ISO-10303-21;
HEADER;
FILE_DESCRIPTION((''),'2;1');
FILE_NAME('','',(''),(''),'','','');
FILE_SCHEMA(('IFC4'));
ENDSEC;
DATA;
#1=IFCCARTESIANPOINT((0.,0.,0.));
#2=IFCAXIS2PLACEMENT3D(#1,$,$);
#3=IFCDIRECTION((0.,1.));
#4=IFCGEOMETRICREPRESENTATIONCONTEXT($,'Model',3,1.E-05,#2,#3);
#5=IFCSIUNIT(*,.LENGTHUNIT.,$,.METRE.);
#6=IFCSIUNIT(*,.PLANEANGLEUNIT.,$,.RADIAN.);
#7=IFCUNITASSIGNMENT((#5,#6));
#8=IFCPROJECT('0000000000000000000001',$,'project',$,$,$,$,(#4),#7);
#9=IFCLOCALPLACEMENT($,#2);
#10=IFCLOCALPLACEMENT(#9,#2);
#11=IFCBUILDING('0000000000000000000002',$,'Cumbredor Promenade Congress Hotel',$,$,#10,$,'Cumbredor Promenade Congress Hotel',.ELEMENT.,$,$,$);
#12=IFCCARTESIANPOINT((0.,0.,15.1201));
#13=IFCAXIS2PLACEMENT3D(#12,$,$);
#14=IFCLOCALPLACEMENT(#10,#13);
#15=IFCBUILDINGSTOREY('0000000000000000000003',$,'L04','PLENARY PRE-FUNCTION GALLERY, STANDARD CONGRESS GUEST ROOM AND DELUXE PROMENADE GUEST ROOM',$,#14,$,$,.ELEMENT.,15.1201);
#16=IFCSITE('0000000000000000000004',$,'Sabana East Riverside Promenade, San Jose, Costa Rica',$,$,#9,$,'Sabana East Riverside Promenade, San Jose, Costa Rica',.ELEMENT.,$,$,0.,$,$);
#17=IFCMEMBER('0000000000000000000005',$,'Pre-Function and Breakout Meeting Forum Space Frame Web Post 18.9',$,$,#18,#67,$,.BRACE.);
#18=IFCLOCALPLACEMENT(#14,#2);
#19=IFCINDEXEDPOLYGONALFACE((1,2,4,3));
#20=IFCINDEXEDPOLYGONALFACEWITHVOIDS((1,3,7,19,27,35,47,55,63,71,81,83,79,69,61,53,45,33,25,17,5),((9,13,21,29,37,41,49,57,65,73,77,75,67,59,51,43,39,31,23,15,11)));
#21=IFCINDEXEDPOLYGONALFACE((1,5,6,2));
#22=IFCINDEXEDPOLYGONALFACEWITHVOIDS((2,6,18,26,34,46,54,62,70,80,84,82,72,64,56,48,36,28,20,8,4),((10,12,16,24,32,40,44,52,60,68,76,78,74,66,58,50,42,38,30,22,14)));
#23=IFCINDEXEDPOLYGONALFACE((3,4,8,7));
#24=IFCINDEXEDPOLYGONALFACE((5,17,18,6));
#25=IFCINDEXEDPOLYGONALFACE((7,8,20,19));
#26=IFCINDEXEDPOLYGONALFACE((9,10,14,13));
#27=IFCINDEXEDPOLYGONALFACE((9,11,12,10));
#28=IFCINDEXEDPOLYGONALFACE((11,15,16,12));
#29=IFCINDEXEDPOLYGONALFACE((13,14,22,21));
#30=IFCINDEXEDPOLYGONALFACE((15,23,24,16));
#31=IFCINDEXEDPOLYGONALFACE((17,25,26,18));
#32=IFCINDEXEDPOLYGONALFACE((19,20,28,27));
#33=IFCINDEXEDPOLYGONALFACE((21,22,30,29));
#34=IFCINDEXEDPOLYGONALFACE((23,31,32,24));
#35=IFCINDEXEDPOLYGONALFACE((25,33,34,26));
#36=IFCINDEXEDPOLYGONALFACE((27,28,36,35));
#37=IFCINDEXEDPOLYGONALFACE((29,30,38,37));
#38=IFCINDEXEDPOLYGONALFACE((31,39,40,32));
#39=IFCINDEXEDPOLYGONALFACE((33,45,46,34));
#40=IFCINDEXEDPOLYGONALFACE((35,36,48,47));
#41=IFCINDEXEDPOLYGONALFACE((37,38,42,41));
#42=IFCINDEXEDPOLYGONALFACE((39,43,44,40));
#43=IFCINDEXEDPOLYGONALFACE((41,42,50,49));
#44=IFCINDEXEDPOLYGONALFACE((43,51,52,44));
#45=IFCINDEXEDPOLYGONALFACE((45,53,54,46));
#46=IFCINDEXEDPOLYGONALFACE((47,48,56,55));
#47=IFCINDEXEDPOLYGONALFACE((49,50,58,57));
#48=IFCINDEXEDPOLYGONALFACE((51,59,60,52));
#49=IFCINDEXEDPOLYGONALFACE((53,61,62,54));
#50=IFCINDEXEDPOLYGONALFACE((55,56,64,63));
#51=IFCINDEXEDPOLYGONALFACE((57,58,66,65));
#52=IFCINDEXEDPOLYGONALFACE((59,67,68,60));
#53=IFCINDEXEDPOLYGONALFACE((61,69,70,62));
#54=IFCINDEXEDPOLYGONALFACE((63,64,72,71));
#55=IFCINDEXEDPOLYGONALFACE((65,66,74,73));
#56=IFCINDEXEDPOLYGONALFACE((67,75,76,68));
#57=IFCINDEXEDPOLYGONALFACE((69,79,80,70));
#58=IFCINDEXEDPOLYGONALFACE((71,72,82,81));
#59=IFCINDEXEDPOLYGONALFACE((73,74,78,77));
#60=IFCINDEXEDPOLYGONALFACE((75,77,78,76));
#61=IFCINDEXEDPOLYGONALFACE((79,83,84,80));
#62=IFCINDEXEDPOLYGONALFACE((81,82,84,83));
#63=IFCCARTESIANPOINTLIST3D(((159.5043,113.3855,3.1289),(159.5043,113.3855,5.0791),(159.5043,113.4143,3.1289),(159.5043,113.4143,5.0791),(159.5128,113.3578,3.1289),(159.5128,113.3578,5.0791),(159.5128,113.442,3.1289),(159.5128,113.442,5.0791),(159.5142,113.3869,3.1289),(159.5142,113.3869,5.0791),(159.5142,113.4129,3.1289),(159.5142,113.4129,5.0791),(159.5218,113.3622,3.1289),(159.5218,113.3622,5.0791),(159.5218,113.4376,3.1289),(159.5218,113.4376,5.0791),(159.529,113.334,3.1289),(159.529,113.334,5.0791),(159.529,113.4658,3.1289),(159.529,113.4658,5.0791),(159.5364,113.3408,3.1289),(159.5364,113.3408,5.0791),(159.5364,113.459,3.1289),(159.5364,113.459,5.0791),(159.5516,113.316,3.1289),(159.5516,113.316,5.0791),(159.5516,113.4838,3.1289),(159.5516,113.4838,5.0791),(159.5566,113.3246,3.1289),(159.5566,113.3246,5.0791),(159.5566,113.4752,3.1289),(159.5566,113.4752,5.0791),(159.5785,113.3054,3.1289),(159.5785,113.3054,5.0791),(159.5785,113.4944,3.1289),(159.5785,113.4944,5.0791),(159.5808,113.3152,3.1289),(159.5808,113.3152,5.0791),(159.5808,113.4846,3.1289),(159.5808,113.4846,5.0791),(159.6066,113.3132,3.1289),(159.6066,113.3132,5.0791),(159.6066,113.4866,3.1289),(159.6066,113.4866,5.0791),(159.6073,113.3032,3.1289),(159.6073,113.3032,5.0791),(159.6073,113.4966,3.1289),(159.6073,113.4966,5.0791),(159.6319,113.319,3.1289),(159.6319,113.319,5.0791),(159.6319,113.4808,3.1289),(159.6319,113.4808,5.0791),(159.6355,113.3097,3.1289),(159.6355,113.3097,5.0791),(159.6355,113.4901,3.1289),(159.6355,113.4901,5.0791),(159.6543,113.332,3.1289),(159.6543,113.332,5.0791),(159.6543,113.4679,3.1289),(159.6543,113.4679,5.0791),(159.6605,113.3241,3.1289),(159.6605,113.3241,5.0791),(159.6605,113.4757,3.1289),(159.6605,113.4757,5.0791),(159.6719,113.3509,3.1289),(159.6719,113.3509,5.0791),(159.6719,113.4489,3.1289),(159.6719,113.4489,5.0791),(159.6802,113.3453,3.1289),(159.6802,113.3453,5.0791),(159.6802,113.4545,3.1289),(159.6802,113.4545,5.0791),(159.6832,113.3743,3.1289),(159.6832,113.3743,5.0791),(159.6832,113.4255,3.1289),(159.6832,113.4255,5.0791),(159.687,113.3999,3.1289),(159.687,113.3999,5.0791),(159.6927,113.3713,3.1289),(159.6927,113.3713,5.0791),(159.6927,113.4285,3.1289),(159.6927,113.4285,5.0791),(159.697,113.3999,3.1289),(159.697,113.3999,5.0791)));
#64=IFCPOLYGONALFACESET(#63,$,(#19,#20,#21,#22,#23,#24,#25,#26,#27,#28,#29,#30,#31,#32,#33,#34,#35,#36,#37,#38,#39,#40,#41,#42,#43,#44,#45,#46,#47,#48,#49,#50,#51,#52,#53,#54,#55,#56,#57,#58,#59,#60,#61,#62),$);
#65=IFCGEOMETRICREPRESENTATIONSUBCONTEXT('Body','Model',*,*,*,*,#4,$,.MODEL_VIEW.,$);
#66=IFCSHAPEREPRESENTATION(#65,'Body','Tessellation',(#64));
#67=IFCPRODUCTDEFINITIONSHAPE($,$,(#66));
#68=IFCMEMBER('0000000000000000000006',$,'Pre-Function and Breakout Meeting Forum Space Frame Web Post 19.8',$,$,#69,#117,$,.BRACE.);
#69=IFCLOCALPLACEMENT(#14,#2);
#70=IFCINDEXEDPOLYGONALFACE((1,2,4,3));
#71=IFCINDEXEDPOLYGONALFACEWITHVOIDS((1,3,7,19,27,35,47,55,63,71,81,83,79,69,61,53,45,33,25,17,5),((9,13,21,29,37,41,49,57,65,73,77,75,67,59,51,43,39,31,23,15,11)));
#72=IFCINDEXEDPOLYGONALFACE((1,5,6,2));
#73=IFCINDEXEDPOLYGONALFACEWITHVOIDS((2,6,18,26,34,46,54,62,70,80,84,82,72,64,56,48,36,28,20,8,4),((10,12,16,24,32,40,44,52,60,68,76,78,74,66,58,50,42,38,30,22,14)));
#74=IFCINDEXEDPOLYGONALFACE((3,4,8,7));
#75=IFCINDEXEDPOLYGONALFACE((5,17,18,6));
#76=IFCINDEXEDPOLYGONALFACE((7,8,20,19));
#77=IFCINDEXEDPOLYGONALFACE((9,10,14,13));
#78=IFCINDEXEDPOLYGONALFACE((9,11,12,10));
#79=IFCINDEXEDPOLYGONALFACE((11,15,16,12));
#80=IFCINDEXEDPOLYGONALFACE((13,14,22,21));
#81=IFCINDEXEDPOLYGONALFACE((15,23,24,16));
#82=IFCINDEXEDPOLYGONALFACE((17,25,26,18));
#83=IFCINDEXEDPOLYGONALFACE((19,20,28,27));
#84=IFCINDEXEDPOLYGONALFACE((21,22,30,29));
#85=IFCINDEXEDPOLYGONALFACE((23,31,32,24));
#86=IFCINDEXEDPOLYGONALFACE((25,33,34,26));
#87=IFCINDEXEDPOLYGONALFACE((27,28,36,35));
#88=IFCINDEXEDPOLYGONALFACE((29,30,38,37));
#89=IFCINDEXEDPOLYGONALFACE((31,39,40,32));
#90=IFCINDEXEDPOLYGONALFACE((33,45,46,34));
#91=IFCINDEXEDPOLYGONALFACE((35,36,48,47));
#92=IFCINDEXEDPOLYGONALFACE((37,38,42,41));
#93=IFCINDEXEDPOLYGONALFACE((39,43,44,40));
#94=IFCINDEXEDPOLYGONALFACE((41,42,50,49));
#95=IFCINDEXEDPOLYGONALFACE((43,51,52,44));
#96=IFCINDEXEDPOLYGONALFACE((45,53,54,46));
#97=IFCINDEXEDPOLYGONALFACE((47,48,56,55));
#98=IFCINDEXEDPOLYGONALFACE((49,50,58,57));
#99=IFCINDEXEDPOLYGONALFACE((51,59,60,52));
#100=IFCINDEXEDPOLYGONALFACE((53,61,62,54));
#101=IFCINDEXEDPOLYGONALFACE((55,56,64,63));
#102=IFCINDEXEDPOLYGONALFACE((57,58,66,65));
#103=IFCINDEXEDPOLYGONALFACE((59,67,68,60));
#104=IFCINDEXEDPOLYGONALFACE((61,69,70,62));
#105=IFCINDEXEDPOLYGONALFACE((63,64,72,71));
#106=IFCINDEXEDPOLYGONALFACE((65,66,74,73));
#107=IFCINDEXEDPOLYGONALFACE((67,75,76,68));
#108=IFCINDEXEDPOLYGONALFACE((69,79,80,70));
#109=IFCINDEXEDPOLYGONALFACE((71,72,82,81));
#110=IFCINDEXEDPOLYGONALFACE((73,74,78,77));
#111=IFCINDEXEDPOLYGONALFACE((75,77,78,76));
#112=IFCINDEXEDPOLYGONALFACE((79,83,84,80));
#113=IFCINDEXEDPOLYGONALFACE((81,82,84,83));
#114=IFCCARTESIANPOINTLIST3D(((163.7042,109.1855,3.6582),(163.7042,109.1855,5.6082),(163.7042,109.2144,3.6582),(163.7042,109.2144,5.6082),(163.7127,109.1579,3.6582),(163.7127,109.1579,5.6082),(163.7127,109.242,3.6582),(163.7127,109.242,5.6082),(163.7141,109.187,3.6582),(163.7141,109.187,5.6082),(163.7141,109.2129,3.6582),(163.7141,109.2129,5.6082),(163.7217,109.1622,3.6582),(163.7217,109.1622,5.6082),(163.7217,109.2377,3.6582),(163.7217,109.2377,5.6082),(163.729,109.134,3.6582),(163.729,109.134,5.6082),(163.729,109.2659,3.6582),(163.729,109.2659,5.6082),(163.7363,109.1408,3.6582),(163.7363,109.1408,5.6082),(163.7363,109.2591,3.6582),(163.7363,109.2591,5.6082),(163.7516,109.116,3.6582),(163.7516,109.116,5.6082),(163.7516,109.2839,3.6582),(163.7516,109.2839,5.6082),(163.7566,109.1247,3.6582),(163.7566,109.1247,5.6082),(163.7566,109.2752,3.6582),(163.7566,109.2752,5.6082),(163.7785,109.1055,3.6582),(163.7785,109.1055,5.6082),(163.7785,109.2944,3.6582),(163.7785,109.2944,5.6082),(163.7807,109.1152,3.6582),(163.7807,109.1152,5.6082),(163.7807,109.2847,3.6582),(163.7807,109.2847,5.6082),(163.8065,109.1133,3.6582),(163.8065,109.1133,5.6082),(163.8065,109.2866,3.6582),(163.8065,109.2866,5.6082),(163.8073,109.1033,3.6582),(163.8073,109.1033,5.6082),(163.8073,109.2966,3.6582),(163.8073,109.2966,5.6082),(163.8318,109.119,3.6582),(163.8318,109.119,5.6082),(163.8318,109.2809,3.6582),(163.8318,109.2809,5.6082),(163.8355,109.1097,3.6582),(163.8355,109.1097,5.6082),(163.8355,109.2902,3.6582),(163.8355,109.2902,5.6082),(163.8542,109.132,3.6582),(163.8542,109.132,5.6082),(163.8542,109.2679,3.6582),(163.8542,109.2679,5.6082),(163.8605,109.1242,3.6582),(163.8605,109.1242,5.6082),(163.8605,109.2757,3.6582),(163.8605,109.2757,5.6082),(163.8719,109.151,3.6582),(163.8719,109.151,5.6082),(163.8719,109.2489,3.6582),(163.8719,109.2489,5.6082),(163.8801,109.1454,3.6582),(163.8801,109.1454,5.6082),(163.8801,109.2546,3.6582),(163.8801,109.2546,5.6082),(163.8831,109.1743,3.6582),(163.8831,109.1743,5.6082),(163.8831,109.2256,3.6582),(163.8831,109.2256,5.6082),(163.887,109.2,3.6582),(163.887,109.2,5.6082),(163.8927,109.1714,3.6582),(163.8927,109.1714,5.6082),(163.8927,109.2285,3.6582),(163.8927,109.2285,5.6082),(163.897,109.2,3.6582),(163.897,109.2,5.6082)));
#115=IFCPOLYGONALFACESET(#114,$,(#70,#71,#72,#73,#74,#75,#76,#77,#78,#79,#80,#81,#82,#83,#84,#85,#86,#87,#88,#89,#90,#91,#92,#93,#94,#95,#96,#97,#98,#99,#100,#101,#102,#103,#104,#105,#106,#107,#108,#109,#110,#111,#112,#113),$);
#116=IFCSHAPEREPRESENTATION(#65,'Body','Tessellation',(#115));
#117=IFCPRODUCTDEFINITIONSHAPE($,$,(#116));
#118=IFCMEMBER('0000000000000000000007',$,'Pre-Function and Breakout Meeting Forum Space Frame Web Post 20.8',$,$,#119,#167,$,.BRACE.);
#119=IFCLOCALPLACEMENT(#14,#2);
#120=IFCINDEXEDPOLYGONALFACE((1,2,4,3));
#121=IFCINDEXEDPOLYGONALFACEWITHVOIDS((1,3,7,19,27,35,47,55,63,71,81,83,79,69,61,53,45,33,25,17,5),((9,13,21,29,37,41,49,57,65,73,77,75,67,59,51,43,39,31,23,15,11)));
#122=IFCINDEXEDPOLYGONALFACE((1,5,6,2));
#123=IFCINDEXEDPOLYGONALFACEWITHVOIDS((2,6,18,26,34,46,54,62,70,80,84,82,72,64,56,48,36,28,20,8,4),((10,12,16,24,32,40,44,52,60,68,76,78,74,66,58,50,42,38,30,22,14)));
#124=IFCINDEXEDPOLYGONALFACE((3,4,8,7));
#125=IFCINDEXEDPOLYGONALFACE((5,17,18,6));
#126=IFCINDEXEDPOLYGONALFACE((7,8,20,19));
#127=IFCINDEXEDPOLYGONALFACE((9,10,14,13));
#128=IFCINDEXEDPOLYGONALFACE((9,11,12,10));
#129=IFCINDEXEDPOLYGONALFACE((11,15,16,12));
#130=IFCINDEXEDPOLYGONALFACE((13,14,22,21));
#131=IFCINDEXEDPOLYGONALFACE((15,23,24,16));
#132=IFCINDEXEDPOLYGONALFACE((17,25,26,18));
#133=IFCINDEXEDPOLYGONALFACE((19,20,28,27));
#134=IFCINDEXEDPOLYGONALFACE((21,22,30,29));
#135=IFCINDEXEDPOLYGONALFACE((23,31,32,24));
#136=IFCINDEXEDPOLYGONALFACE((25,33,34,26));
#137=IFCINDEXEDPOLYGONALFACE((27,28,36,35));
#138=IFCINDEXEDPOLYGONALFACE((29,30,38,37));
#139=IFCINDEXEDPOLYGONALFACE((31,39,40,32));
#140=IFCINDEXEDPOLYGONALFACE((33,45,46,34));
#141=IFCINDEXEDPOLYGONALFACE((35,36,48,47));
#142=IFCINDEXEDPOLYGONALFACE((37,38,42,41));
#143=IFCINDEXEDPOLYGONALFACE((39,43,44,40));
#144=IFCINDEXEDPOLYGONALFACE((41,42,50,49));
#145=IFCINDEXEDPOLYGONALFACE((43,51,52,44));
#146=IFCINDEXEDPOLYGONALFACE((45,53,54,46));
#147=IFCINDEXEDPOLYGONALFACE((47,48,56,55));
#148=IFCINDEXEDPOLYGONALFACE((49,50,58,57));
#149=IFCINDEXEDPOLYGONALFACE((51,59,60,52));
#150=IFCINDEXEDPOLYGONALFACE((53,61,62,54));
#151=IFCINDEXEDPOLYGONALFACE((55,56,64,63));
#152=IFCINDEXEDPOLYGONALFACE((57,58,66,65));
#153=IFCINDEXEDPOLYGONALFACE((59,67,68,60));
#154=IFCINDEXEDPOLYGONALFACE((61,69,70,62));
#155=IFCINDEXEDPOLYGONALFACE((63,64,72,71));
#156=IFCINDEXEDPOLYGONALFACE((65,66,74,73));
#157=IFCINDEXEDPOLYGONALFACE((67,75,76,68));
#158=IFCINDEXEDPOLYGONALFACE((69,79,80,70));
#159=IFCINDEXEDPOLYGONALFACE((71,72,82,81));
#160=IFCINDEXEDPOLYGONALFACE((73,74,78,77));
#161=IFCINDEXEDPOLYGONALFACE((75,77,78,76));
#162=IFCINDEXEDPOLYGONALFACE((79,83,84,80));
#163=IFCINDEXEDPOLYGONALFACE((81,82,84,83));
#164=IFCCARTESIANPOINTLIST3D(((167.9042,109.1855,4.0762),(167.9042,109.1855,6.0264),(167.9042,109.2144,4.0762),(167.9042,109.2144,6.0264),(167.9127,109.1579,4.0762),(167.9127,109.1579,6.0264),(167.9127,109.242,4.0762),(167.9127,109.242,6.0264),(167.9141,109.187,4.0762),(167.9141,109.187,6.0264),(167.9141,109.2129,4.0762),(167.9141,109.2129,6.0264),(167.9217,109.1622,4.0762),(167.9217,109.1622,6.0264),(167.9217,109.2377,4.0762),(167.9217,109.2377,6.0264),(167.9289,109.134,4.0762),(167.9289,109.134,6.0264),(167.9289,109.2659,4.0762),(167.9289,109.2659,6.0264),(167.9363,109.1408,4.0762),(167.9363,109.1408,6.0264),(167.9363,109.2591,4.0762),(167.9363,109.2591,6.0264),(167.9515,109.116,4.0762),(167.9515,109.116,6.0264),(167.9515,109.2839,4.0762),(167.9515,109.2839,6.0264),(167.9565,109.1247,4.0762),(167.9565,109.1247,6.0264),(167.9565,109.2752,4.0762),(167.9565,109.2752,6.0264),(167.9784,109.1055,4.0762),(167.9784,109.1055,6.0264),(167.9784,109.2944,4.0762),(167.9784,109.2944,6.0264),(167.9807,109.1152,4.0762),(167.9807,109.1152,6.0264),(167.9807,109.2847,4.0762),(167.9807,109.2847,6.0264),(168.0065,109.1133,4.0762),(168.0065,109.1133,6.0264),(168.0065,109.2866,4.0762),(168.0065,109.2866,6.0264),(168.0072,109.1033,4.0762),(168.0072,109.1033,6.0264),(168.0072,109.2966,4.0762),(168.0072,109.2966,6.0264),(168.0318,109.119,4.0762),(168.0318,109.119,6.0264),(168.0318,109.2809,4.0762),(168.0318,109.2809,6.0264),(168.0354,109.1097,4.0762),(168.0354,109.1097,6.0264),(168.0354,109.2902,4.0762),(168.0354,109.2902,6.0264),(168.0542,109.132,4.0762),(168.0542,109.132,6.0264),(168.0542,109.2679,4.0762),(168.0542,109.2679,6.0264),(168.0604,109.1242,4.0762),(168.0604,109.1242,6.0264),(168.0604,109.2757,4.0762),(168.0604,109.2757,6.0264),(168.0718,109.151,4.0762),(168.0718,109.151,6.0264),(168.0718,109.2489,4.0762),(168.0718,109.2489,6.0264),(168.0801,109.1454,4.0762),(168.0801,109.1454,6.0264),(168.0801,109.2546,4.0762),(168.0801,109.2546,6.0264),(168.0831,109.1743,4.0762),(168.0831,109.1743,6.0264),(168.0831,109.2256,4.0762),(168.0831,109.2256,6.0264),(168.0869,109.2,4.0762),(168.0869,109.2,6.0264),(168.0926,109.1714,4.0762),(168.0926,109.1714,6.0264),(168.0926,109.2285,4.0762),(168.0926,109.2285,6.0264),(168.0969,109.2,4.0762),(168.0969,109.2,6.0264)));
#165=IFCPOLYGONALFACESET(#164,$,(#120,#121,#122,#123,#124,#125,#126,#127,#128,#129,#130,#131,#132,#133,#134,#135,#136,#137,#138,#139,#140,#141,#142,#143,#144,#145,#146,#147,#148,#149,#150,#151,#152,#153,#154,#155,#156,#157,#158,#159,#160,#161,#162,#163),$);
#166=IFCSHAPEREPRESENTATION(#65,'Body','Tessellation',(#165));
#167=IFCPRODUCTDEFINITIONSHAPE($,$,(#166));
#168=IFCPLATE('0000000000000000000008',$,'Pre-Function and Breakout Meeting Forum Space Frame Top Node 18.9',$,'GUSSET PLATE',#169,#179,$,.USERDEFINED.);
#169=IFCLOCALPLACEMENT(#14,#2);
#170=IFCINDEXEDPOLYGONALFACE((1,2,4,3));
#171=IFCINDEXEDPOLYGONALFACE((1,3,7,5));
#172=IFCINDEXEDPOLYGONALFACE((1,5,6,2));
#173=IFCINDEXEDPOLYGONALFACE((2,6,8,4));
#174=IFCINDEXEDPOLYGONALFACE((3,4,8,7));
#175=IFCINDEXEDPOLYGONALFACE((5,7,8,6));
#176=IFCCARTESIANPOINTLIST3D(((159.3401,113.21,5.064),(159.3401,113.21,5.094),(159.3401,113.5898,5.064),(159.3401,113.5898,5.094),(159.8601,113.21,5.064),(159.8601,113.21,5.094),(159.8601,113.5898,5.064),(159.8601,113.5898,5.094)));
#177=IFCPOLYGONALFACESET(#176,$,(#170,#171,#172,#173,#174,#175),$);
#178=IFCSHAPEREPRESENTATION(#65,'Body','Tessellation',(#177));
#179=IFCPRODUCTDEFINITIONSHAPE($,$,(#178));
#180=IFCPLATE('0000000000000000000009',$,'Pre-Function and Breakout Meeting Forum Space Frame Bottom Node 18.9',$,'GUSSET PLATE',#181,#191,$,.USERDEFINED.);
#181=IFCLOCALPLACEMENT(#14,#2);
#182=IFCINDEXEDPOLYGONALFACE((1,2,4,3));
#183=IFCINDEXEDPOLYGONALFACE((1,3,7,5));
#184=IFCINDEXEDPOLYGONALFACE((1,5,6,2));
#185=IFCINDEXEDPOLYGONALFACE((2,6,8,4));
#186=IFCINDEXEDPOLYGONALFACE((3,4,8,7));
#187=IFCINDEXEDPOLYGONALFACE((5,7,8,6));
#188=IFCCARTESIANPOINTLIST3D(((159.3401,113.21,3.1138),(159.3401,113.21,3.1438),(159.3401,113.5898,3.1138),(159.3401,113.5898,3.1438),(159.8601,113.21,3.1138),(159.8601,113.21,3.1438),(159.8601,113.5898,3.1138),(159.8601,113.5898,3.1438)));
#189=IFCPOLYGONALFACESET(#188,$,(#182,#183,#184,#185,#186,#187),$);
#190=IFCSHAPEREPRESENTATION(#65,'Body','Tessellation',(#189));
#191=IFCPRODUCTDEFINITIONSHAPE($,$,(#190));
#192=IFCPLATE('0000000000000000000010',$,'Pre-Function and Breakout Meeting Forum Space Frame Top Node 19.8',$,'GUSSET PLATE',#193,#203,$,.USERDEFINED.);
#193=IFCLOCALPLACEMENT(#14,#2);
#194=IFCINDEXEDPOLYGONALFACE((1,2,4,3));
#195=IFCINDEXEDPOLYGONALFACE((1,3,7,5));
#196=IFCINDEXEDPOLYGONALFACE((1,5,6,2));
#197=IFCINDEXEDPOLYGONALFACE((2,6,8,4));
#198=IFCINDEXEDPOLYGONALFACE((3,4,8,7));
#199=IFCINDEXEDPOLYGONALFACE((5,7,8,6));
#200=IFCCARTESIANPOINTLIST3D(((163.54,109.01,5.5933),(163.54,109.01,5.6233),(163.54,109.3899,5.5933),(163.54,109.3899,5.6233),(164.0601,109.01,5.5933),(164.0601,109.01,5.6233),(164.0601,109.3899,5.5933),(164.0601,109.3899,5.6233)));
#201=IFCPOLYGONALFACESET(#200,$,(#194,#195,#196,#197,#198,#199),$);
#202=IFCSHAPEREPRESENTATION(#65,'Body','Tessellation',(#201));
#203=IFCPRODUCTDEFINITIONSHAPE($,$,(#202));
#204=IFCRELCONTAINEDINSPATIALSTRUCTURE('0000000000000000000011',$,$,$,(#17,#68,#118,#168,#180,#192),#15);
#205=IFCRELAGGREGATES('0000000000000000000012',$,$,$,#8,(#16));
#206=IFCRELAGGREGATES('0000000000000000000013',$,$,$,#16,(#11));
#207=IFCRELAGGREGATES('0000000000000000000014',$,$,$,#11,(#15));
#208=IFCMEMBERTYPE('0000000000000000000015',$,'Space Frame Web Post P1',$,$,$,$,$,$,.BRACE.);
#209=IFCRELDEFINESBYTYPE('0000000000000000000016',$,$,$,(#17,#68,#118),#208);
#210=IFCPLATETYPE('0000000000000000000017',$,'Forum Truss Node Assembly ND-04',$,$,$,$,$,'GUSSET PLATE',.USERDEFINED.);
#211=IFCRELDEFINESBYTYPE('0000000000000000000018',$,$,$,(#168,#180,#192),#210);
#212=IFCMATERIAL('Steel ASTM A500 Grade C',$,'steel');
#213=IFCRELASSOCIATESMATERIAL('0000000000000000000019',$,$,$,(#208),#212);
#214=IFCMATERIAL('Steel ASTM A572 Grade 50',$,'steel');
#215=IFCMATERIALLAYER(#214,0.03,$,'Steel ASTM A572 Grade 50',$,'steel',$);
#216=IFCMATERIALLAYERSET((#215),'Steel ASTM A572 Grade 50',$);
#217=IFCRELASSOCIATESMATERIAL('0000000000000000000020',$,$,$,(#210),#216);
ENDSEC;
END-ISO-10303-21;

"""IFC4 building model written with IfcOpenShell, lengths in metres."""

from ifc_helpers import new_model, si_unit, direction, frame, origin, origin_2d, place, context, subcontext, project, spatial, rectangle, hollow_circle, extrude, material, layer, layer_set, material_profile, profile_set, type_object, element, save


model = new_model("IFC4")

# Units and contexts
model_context = context("Model", 3, precision=1e-05, world=origin(), true_north=direction((0.0, 1.0)))
body_context = subcontext(model_context, "Body", "Model", "MODEL_VIEW")
ifc_project = project(units=[si_unit("LENGTHUNIT", "METRE"), si_unit("PLANEANGLEUNIT", "RADIAN")], contexts=[model_context])

# Site, building, storey
site_placement = place(None, origin())
site = spatial("IfcSite", under=ifc_project, at=site_placement, Name="Sabana East Riverside Promenade, San Jose, Costa Rica", LongName="Sabana East Riverside Promenade, San Jose, Costa Rica", CompositionType="ELEMENT", RefElevation=0.0)
building_placement = place(site_placement, origin())
building = spatial("IfcBuilding", under=site, at=building_placement, Name="Cumbredor Promenade Congress Hotel", LongName="Cumbredor Promenade Congress Hotel", CompositionType="ELEMENT")
storey_placement = place(building_placement, frame((0.0, 0.0, 15.1201)))
storey = spatial("IfcBuildingStorey", under=building, at=storey_placement, Name="L04", Description="PLENARY PRE-FUNCTION GALLERY, STANDARD CONGRESS GUEST ROOM AND DELUXE PROMENADE GUEST ROOM", CompositionType="ELEMENT", Elevation=15.1201)

# Members
ifc_material_1 = material(Name="Steel ASTM A500 Grade C", Category="steel")
ifc_material_profile_1 = material_profile(ifc_material_1, hollow_circle(Radius=0.0969, WallThickness=0.01, at=origin_2d()), Name="CHS 193.7x10")
ifc_profile_set_1 = profile_set([ifc_material_profile_1], Name="Steel ASTM A500 Grade C")
member_type_1 = type_object("IfcMemberType", Name="Space Frame Web Post P1", PredefinedType="BRACE", material=ifc_profile_set_1)
member_1_placement = place(storey_placement, frame((159.6001, 113.3999, 3.1289), z_axis=(0.0, 0.0, 1.0), x_axis=(1.0, 0.0, 0.0)))
element("IfcMember", 1, at=member_1_placement, inside=storey, type_object=member_type_1, Name="Pre-Function and Breakout Meeting Forum Space Frame Web Post 18.9", PredefinedType="BRACE", context=body_context, shape_type="SweptSolid", body=[
    extrude(hollow_circle(Radius=0.0969, WallThickness=0.01, at=origin_2d()), origin(), (0.0, 0.0, 1.0), 1.9502),
])
member_2_placement = place(storey_placement, frame((163.8, 109.2, 3.6582), z_axis=(0.0, 0.0, 1.0), x_axis=(1.0, 0.0, 0.0)))
element("IfcMember", 2, at=member_2_placement, inside=storey, type_object=member_type_1, Name="Pre-Function and Breakout Meeting Forum Space Frame Web Post 19.8", PredefinedType="BRACE", context=body_context, shape_type="SweptSolid", body=[
    extrude(hollow_circle(Radius=0.0969, WallThickness=0.01, at=origin_2d()), origin(), (0.0, 0.0, 1.0), 1.95),
])
member_3_placement = place(storey_placement, frame((168.0, 109.2, 4.0762), z_axis=(0.0, 0.0, 1.0), x_axis=(1.0, 0.0, 0.0)))
element("IfcMember", 3, at=member_3_placement, inside=storey, type_object=member_type_1, Name="Pre-Function and Breakout Meeting Forum Space Frame Web Post 20.8", PredefinedType="BRACE", context=body_context, shape_type="SweptSolid", body=[
    extrude(hollow_circle(Radius=0.0969, WallThickness=0.01, at=origin_2d()), origin(), (0.0, 0.0, 1.0), 1.9502),
])

# Plates
ifc_material_2 = material(Name="Steel ASTM A572 Grade 50", Category="steel")
ifc_layer = layer(ifc_material_2, 0.03, Name="Steel ASTM A572 Grade 50", Category="steel")
ifc_layer_set = layer_set([ifc_layer], Name="Steel ASTM A572 Grade 50")
plate_type = type_object("IfcPlateType", Name="Forum Truss Node Assembly ND-04", ElementType="GUSSET PLATE", PredefinedType="USERDEFINED", material=ifc_layer_set)
for number, where, z_axis, x_axis, name in (
    (4, (159.6001, 113.3999, 5.064), (0.0, 0.0, 1.0), (1.0, 0.0, 0.0), "Pre-Function and Breakout Meeting Forum Space Frame Top Node 18.9"),
    (5, (159.6001, 113.3999, 3.1138), (0.0, 0.0, 1.0), (1.0, 0.0, 0.0), "Pre-Function and Breakout Meeting Forum Space Frame Bottom Node 18.9"),
    (6, (163.8, 109.2, 5.5933), (0.0, 0.0, 1.0), (1.0, 0.0, 0.0), "Pre-Function and Breakout Meeting Forum Space Frame Top Node 19.8"),
):
    element("IfcPlate", number, at=place(storey_placement, frame(where, z_axis=z_axis, x_axis=x_axis)), inside=storey, type_object=plate_type, Name=name, ObjectType="GUSSET PLATE", PredefinedType="USERDEFINED", context=body_context, shape_type="SweptSolid", body=[
        extrude(rectangle(XDim=0.52, YDim=0.3799, at=origin_2d()), origin(), (0.0, 0.0, 1.0), 0.03),
    ])

save(model, "model.ifc")
